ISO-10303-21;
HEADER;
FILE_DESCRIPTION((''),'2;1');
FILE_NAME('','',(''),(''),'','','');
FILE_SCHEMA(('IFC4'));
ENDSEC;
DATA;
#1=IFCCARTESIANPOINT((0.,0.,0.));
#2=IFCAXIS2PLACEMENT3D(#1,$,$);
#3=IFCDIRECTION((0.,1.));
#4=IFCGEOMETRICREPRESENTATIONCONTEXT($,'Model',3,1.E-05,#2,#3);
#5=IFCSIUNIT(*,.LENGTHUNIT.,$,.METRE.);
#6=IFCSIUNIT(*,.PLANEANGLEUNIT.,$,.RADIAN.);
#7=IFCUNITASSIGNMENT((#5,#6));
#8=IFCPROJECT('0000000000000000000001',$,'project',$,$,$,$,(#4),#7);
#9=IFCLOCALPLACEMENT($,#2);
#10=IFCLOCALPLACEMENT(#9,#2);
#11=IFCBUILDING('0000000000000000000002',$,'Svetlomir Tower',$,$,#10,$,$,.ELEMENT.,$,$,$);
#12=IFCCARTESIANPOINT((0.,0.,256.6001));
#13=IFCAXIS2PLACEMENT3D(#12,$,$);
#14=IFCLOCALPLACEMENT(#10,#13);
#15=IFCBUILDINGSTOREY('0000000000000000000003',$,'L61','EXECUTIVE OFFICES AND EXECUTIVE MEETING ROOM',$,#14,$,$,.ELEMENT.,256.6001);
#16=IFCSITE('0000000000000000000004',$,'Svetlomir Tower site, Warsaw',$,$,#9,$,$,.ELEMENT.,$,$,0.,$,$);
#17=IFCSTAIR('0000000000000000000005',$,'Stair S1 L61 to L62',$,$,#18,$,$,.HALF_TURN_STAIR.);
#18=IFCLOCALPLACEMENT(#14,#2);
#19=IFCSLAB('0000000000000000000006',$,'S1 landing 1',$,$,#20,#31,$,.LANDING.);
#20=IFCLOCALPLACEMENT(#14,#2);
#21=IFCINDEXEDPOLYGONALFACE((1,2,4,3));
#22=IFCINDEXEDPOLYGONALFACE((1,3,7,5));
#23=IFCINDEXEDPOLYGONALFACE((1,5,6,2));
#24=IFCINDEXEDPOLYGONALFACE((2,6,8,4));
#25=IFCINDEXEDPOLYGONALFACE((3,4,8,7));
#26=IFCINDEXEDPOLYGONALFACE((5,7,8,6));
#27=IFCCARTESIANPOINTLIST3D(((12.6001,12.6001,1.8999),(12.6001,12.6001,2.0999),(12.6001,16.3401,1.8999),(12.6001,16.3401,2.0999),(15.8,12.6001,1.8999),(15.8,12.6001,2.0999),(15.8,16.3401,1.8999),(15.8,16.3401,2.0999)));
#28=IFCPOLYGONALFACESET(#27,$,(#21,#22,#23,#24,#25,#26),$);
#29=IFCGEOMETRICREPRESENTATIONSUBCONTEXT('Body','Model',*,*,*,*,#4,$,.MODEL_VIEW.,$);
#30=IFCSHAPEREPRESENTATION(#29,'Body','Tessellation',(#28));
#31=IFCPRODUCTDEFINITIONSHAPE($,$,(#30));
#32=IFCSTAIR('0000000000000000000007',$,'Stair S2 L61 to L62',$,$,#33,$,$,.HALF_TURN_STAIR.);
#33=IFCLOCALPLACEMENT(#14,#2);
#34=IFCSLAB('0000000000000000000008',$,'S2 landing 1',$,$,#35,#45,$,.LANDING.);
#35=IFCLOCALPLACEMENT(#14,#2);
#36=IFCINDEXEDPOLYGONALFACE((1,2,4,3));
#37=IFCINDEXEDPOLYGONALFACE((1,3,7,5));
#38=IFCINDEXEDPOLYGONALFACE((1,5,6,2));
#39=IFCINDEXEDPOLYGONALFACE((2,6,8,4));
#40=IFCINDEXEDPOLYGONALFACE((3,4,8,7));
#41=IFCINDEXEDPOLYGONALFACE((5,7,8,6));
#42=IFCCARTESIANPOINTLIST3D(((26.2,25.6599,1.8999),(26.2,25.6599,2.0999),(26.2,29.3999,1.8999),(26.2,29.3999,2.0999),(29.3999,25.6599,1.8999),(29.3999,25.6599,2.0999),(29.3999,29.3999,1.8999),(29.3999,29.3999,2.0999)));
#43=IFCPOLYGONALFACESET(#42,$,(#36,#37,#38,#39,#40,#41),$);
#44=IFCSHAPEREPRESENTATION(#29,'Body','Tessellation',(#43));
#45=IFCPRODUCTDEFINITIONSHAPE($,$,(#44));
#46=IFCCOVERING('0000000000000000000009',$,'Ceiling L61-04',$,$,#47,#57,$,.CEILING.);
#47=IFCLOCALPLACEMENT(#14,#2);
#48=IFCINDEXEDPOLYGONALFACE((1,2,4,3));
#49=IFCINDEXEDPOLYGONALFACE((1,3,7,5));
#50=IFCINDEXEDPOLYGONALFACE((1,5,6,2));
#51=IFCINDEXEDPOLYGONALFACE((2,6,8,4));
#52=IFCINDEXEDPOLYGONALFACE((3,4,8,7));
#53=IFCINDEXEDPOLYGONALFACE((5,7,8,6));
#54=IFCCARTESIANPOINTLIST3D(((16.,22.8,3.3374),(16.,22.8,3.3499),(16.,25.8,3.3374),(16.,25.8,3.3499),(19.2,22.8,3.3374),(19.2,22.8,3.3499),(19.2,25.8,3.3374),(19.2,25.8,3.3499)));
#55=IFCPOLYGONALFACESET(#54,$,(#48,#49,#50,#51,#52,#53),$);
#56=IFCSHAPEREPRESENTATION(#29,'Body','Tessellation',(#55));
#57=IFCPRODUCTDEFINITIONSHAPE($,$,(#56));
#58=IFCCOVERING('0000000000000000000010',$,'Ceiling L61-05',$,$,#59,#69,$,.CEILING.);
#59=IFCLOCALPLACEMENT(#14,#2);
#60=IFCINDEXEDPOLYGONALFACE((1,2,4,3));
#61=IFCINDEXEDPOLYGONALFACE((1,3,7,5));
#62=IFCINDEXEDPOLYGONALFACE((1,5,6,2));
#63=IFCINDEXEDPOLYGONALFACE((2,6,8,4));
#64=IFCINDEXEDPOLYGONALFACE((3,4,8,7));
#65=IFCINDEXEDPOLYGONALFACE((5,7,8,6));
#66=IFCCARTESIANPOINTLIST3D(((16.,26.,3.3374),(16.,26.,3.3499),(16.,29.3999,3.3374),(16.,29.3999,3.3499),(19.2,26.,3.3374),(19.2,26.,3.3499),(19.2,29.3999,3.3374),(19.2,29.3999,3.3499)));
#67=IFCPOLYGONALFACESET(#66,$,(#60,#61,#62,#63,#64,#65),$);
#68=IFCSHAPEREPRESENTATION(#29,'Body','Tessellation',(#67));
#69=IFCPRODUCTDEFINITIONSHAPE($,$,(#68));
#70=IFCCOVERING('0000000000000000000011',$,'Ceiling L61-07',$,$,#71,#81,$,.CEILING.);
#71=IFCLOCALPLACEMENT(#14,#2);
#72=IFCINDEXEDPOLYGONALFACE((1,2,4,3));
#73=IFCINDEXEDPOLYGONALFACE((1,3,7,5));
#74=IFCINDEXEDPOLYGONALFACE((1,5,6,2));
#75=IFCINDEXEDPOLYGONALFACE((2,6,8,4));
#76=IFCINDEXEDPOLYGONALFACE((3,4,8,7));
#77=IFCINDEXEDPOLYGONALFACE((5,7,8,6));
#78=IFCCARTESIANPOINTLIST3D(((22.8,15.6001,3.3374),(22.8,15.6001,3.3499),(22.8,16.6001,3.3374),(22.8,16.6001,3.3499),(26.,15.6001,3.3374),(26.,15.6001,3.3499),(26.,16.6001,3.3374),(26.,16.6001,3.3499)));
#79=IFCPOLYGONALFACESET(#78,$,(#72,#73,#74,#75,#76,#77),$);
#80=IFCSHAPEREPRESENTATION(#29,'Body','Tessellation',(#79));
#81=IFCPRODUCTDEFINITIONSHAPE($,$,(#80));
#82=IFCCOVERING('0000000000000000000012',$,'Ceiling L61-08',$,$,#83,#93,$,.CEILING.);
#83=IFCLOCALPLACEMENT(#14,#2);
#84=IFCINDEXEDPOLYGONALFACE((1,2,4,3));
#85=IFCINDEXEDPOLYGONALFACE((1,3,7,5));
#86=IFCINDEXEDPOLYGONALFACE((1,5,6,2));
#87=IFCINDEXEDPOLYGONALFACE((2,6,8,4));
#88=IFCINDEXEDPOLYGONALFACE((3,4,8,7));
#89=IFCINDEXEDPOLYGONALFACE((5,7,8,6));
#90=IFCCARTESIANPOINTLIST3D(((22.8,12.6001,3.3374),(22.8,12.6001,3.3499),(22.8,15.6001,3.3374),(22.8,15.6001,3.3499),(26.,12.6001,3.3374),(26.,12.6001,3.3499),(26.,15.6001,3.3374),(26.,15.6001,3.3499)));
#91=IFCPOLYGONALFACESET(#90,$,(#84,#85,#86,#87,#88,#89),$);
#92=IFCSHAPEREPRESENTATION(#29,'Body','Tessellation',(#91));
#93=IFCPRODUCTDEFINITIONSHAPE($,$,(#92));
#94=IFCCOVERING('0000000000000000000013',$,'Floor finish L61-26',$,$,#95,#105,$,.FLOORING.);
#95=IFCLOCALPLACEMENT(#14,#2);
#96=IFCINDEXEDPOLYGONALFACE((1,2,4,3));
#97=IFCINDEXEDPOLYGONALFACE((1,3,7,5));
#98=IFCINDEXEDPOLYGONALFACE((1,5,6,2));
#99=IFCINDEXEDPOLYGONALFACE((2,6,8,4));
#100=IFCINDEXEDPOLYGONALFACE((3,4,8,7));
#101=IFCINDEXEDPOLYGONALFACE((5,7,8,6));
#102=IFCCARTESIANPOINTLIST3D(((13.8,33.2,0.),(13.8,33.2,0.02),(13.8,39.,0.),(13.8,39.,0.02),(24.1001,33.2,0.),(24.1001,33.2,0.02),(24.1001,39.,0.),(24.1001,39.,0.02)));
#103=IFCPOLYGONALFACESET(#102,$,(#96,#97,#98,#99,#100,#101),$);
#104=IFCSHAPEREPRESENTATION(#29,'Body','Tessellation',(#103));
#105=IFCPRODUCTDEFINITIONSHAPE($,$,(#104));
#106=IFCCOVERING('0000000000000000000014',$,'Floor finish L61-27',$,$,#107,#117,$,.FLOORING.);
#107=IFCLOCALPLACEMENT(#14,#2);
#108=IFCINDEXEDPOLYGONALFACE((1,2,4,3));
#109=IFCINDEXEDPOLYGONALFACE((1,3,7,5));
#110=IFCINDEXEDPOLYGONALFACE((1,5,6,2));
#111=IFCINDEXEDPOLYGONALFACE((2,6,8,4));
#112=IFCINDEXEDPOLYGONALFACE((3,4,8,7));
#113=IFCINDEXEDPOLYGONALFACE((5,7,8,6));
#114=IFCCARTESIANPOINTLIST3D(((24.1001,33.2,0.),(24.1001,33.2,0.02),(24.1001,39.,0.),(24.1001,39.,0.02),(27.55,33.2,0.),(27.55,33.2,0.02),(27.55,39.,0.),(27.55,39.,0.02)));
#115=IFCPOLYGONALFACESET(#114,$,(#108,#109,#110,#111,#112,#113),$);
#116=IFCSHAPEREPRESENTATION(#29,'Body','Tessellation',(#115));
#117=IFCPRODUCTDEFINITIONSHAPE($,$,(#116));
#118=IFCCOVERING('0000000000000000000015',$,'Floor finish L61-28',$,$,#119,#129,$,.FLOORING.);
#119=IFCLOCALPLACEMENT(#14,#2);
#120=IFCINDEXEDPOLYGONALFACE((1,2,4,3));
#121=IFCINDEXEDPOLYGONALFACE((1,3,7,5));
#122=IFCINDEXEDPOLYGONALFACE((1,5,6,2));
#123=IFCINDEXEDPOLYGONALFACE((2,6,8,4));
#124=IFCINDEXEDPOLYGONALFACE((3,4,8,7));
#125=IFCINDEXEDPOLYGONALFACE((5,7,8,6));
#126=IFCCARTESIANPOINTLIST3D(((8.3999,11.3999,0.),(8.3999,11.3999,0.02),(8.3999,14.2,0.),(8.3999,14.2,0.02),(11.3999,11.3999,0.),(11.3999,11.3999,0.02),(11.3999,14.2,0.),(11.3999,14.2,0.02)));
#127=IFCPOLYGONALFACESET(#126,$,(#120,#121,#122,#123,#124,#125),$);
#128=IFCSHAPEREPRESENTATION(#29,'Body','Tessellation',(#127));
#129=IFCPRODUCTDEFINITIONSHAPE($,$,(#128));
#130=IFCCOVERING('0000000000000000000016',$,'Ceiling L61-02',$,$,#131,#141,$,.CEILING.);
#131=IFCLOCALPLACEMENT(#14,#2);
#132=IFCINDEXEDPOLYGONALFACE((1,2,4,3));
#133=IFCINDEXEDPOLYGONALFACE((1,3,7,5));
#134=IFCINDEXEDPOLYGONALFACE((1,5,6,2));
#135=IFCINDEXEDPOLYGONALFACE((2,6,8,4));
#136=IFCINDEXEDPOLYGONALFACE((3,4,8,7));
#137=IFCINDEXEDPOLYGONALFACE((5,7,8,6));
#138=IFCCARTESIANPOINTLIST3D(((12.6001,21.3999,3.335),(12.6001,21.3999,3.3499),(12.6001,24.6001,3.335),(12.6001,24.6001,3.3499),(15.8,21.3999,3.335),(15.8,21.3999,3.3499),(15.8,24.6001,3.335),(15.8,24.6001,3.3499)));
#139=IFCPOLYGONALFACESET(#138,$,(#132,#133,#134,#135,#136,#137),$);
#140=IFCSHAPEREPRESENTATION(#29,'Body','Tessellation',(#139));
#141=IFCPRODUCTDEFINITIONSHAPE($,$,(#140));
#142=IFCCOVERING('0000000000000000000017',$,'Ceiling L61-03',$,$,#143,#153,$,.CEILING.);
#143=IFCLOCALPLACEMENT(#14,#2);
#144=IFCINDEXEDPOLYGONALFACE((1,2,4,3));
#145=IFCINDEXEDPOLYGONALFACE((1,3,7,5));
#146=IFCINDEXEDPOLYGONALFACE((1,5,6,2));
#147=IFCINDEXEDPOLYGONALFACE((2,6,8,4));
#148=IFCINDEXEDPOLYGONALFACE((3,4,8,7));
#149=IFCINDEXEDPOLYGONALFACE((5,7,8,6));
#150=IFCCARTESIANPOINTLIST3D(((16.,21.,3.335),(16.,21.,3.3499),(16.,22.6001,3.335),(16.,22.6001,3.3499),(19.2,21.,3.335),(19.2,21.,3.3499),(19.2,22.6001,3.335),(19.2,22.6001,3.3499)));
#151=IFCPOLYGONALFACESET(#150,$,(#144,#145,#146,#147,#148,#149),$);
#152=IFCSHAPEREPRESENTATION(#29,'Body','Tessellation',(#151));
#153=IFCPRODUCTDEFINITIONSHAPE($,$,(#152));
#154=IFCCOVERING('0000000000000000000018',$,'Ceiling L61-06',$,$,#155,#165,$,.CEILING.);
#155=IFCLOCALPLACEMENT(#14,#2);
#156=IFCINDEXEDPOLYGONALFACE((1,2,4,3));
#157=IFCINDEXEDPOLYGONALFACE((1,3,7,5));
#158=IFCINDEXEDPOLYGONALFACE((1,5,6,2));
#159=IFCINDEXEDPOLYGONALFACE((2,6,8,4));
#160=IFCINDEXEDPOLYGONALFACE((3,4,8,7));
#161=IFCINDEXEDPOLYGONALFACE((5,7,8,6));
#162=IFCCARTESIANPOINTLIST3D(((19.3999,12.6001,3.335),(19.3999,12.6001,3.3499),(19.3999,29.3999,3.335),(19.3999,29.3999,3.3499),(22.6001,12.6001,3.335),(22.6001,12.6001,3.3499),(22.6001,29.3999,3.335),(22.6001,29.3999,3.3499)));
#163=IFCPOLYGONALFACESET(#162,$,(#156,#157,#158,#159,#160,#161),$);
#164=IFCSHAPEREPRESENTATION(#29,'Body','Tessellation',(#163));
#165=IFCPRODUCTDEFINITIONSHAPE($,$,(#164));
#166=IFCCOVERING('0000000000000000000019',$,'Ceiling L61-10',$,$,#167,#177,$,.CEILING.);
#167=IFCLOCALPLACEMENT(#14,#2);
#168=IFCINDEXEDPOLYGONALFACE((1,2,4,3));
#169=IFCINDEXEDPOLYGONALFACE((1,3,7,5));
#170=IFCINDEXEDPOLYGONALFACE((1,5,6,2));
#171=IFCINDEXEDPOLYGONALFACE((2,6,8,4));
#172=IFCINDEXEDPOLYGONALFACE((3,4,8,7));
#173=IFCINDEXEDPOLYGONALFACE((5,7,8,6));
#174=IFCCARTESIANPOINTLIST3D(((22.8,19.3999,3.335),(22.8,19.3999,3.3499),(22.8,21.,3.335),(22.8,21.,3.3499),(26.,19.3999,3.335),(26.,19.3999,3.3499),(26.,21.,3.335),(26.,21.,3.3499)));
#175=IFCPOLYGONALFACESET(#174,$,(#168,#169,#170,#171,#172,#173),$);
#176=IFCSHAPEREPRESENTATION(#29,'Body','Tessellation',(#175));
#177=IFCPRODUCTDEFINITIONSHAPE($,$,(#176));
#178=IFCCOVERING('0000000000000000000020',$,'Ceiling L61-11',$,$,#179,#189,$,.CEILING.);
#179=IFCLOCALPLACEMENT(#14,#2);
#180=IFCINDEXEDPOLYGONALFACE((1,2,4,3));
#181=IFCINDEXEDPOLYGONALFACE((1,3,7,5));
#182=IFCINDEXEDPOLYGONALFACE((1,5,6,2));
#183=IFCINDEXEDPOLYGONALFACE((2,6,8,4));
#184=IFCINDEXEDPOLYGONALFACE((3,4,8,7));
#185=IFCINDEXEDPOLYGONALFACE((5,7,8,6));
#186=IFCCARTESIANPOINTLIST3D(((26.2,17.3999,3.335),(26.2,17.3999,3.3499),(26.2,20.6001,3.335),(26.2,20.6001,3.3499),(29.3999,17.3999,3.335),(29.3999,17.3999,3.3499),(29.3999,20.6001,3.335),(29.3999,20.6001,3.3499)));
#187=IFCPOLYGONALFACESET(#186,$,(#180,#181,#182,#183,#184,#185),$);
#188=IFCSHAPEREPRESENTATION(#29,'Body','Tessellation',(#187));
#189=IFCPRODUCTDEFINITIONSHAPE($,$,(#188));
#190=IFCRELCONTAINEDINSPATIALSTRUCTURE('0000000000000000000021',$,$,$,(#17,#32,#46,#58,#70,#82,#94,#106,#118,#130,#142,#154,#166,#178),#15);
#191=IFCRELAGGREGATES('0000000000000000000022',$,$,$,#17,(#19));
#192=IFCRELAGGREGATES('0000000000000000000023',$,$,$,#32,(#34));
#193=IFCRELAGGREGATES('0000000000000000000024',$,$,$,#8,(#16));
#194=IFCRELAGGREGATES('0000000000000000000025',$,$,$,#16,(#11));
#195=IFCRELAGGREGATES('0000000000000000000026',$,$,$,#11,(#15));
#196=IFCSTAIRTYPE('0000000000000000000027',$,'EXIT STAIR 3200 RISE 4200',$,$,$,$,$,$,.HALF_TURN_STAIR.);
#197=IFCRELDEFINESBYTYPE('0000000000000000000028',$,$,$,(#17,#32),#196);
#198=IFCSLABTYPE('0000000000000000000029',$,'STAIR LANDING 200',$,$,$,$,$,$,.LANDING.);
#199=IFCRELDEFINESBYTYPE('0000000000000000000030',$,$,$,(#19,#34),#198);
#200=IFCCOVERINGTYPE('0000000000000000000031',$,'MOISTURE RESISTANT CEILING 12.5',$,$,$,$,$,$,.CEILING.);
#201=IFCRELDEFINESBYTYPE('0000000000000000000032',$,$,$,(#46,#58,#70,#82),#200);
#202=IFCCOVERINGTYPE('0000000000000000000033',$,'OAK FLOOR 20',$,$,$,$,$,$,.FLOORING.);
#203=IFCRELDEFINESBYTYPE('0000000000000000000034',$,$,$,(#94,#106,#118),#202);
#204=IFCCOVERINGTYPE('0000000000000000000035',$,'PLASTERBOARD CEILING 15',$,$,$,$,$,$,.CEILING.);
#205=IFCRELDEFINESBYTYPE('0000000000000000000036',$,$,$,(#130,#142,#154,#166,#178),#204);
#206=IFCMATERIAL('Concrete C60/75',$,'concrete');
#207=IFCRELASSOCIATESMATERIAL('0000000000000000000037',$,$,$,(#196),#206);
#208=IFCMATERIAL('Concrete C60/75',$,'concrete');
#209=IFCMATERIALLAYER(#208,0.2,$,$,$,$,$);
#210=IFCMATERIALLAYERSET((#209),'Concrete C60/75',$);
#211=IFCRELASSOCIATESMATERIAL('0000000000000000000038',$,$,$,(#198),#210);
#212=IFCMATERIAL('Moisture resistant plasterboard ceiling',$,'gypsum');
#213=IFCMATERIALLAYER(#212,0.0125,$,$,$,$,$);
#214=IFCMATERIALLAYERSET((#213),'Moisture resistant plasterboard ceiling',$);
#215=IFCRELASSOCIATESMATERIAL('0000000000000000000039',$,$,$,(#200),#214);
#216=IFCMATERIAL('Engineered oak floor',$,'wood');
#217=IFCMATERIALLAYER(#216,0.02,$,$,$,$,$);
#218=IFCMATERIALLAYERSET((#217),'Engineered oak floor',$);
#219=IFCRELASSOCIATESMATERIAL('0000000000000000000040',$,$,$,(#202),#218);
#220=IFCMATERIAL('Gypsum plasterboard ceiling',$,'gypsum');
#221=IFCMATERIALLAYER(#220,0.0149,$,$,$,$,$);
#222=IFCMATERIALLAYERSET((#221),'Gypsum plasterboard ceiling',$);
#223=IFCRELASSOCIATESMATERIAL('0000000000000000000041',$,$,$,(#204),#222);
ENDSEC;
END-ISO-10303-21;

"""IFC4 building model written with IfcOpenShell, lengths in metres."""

from ifc_helpers import new_model, si_unit, direction, frame, origin, place, context, subcontext, project, spatial, polyline, outline, extrude, material, layer, layer_set, type_object, element, aggregate, save


model = new_model("IFC4")

# Units and contexts
model_context = context("Model", 3, precision=1e-05, world=origin(), true_north=direction((0.0, 1.0)))
body_context = subcontext(model_context, "Body", "Model", "MODEL_VIEW")
ifc_project = project(units=[si_unit("LENGTHUNIT", "METRE"), si_unit("PLANEANGLEUNIT", "RADIAN")], contexts=[model_context])

# Site, building, storey
site_placement = place(None, origin())
site = spatial("IfcSite", under=ifc_project, at=site_placement, Name="Svetlomir Tower site, Warsaw", CompositionType="ELEMENT", RefElevation=0.0)
building_placement = place(site_placement, origin())
building = spatial("IfcBuilding", under=site, at=building_placement, Name="Svetlomir Tower", CompositionType="ELEMENT")
storey_placement = place(building_placement, frame((0.0, 0.0, 256.6001)))
storey = spatial("IfcBuildingStorey", under=building, at=storey_placement, Name="L61", Description="EXECUTIVE OFFICES AND EXECUTIVE MEETING ROOM", CompositionType="ELEMENT", Elevation=256.6001)

# Stairs, slabs
ifc_material_1 = material(Name="Concrete C60/75", Category="concrete")
stair_type = type_object("IfcStairType", Name="EXIT STAIR 3200 RISE 4200", PredefinedType="HALF_TURN_STAIR", material=ifc_material_1)
stair_1_placement = place(storey_placement, origin())
stair_1 = element("IfcStair", 1, at=stair_1_placement, inside=storey, type_object=stair_type, Name="Stair S1 L61 to L62", PredefinedType="HALF_TURN_STAIR")
ifc_material_2 = material(Name="Concrete C60/75", Category="concrete")
ifc_layer_1 = layer(ifc_material_2, 0.2)
ifc_layer_set_1 = layer_set([ifc_layer_1], Name="Concrete C60/75")
slab_type = type_object("IfcSlabType", Name="STAIR LANDING 200", PredefinedType="LANDING", material=ifc_layer_set_1)
slab_1_placement = place(storey_placement, frame((0.0, 0.0, 1.8999)))
slab_1 = element("IfcSlab", 2, at=slab_1_placement, type_object=slab_type, Name="S1 landing 1", PredefinedType="LANDING", context=body_context, shape_type="SweptSolid", body=[
    extrude(outline(polyline([(12.6001, 12.6001), (15.8, 12.6001), (15.8, 16.3401), (12.6001, 16.3401), (12.6001, 12.6001)])), origin(), (0.0, 0.0, 1.0), 0.2),
])
aggregate(stair_1, [slab_1])
stair_2_placement = place(storey_placement, origin())
stair_2 = element("IfcStair", 3, at=stair_2_placement, inside=storey, type_object=stair_type, Name="Stair S2 L61 to L62", PredefinedType="HALF_TURN_STAIR")
slab_2_placement = place(storey_placement, frame((0.0, 0.0, 1.8999)))
slab_2 = element("IfcSlab", 4, at=slab_2_placement, type_object=slab_type, Name="S2 landing 1", PredefinedType="LANDING", context=body_context, shape_type="SweptSolid", body=[
    extrude(outline(polyline([(26.2, 25.6599), (29.3999, 25.6599), (29.3999, 29.3999), (26.2, 29.3999), (26.2, 25.6599)])), origin(), (0.0, 0.0, 1.0), 0.2),
])
aggregate(stair_2, [slab_2])

# Coverings
ifc_material_3 = material(Name="Moisture resistant plasterboard ceiling", Category="gypsum")
ifc_layer_2 = layer(ifc_material_3, 0.0125)
ifc_layer_set_2 = layer_set([ifc_layer_2], Name="Moisture resistant plasterboard ceiling")
covering_type_1 = type_object("IfcCoveringType", Name="MOISTURE RESISTANT CEILING 12.5", PredefinedType="CEILING", material=ifc_layer_set_2)
covering_1_placement = place(storey_placement, frame((0.0, 0.0, 3.3374)))
element("IfcCovering", 5, at=covering_1_placement, inside=storey, type_object=covering_type_1, Name="Ceiling L61-04", PredefinedType="CEILING", context=body_context, shape_type="SweptSolid", body=[
    extrude(outline(polyline([(16.0, 22.8), (19.2, 22.8), (19.2, 25.8), (16.0, 25.8), (16.0, 22.8)])), origin(), (0.0, 0.0, 1.0), 0.0125),
])
covering_2_placement = place(storey_placement, frame((0.0, 0.0, 3.3374)))
element("IfcCovering", 6, at=covering_2_placement, inside=storey, type_object=covering_type_1, Name="Ceiling L61-05", PredefinedType="CEILING", context=body_context, shape_type="SweptSolid", body=[
    extrude(outline(polyline([(16.0, 26.0), (19.2, 26.0), (19.2, 29.3999), (16.0, 29.3999), (16.0, 26.0)])), origin(), (0.0, 0.0, 1.0), 0.0125),
])
covering_3_placement = place(storey_placement, frame((0.0, 0.0, 3.3374)))
element("IfcCovering", 7, at=covering_3_placement, inside=storey, type_object=covering_type_1, Name="Ceiling L61-07", PredefinedType="CEILING", context=body_context, shape_type="SweptSolid", body=[
    extrude(outline(polyline([(22.8, 15.6001), (26.0, 15.6001), (26.0, 16.6001), (22.8, 16.6001), (22.8, 15.6001)])), origin(), (0.0, 0.0, 1.0), 0.0125),
])
covering_4_placement = place(storey_placement, frame((0.0, 0.0, 3.3374)))
element("IfcCovering", 8, at=covering_4_placement, inside=storey, type_object=covering_type_1, Name="Ceiling L61-08", PredefinedType="CEILING", context=body_context, shape_type="SweptSolid", body=[
    extrude(outline(polyline([(22.8, 12.6001), (26.0, 12.6001), (26.0, 15.6001), (22.8, 15.6001), (22.8, 12.6001)])), origin(), (0.0, 0.0, 1.0), 0.0125),
])
ifc_material_4 = material(Name="Engineered oak floor", Category="wood")
ifc_layer_3 = layer(ifc_material_4, 0.02)
ifc_layer_set_3 = layer_set([ifc_layer_3], Name="Engineered oak floor")
covering_type_2 = type_object("IfcCoveringType", Name="OAK FLOOR 20", PredefinedType="FLOORING", material=ifc_layer_set_3)
covering_5_placement = place(storey_placement, origin())
element("IfcCovering", 9, at=covering_5_placement, inside=storey, type_object=covering_type_2, Name="Floor finish L61-26", PredefinedType="FLOORING", context=body_context, shape_type="SweptSolid", body=[
    extrude(outline(polyline([(13.8, 33.2), (24.1001, 33.2), (24.1001, 39.0), (13.8, 39.0), (13.8, 33.2)])), origin(), (0.0, 0.0, 1.0), 0.02),
])
covering_6_placement = place(storey_placement, origin())
element("IfcCovering", 10, at=covering_6_placement, inside=storey, type_object=covering_type_2, Name="Floor finish L61-27", PredefinedType="FLOORING", context=body_context, shape_type="SweptSolid", body=[
    extrude(outline(polyline([(24.1001, 33.2), (27.55, 33.2), (27.55, 39.0), (24.1001, 39.0), (24.1001, 33.2)])), origin(), (0.0, 0.0, 1.0), 0.02),
])
covering_7_placement = place(storey_placement, origin())
element("IfcCovering", 11, at=covering_7_placement, inside=storey, type_object=covering_type_2, Name="Floor finish L61-28", PredefinedType="FLOORING", context=body_context, shape_type="SweptSolid", body=[
    extrude(outline(polyline([(8.3999, 11.3999), (11.3999, 11.3999), (11.3999, 14.2), (8.3999, 14.2), (8.3999, 11.3999)])), origin(), (0.0, 0.0, 1.0), 0.02),
])
ifc_material_5 = material(Name="Gypsum plasterboard ceiling", Category="gypsum")
ifc_layer_4 = layer(ifc_material_5, 0.0149)
ifc_layer_set_4 = layer_set([ifc_layer_4], Name="Gypsum plasterboard ceiling")
covering_type_3 = type_object("IfcCoveringType", Name="PLASTERBOARD CEILING 15", PredefinedType="CEILING", material=ifc_layer_set_4)
covering_8_placement = place(storey_placement, frame((0.0, 0.0, 3.335)))
element("IfcCovering", 12, at=covering_8_placement, inside=storey, type_object=covering_type_3, Name="Ceiling L61-02", PredefinedType="CEILING", context=body_context, shape_type="SweptSolid", body=[
    extrude(outline(polyline([(12.6001, 21.3999), (15.8, 21.3999), (15.8, 24.6001), (12.6001, 24.6001), (12.6001, 21.3999)])), origin(), (0.0, 0.0, 1.0), 0.0149),
])
covering_9_placement = place(storey_placement, frame((0.0, 0.0, 3.335)))
element("IfcCovering", 13, at=covering_9_placement, inside=storey, type_object=covering_type_3, Name="Ceiling L61-03", PredefinedType="CEILING", context=body_context, shape_type="SweptSolid", body=[
    extrude(outline(polyline([(16.0, 21.0), (19.2, 21.0), (19.2, 22.6001), (16.0, 22.6001), (16.0, 21.0)])), origin(), (0.0, 0.0, 1.0), 0.0149),
])
covering_10_placement = place(storey_placement, frame((0.0, 0.0, 3.335)))
element("IfcCovering", 14, at=covering_10_placement, inside=storey, type_object=covering_type_3, Name="Ceiling L61-06", PredefinedType="CEILING", context=body_context, shape_type="SweptSolid", body=[
    extrude(outline(polyline([(19.3999, 12.6001), (22.6001, 12.6001), (22.6001, 29.3999), (19.3999, 29.3999), (19.3999, 12.6001)])), origin(), (0.0, 0.0, 1.0), 0.0149),
])
covering_11_placement = place(storey_placement, frame((0.0, 0.0, 3.335)))
element("IfcCovering", 15, at=covering_11_placement, inside=storey, type_object=covering_type_3, Name="Ceiling L61-10", PredefinedType="CEILING", context=body_context, shape_type="SweptSolid", body=[
    extrude(outline(polyline([(22.8, 19.3999), (26.0, 19.3999), (26.0, 21.0), (22.8, 21.0), (22.8, 19.3999)])), origin(), (0.0, 0.0, 1.0), 0.0149),
])
covering_12_placement = place(storey_placement, frame((0.0, 0.0, 3.335)))
element("IfcCovering", 16, at=covering_12_placement, inside=storey, type_object=covering_type_3, Name="Ceiling L61-11", PredefinedType="CEILING", context=body_context, shape_type="SweptSolid", body=[
    extrude(outline(polyline([(26.2, 17.3999), (29.3999, 17.3999), (29.3999, 20.6001), (26.2, 20.6001), (26.2, 17.3999)])), origin(), (0.0, 0.0, 1.0), 0.0149),
])

save(model, "model.ifc")
